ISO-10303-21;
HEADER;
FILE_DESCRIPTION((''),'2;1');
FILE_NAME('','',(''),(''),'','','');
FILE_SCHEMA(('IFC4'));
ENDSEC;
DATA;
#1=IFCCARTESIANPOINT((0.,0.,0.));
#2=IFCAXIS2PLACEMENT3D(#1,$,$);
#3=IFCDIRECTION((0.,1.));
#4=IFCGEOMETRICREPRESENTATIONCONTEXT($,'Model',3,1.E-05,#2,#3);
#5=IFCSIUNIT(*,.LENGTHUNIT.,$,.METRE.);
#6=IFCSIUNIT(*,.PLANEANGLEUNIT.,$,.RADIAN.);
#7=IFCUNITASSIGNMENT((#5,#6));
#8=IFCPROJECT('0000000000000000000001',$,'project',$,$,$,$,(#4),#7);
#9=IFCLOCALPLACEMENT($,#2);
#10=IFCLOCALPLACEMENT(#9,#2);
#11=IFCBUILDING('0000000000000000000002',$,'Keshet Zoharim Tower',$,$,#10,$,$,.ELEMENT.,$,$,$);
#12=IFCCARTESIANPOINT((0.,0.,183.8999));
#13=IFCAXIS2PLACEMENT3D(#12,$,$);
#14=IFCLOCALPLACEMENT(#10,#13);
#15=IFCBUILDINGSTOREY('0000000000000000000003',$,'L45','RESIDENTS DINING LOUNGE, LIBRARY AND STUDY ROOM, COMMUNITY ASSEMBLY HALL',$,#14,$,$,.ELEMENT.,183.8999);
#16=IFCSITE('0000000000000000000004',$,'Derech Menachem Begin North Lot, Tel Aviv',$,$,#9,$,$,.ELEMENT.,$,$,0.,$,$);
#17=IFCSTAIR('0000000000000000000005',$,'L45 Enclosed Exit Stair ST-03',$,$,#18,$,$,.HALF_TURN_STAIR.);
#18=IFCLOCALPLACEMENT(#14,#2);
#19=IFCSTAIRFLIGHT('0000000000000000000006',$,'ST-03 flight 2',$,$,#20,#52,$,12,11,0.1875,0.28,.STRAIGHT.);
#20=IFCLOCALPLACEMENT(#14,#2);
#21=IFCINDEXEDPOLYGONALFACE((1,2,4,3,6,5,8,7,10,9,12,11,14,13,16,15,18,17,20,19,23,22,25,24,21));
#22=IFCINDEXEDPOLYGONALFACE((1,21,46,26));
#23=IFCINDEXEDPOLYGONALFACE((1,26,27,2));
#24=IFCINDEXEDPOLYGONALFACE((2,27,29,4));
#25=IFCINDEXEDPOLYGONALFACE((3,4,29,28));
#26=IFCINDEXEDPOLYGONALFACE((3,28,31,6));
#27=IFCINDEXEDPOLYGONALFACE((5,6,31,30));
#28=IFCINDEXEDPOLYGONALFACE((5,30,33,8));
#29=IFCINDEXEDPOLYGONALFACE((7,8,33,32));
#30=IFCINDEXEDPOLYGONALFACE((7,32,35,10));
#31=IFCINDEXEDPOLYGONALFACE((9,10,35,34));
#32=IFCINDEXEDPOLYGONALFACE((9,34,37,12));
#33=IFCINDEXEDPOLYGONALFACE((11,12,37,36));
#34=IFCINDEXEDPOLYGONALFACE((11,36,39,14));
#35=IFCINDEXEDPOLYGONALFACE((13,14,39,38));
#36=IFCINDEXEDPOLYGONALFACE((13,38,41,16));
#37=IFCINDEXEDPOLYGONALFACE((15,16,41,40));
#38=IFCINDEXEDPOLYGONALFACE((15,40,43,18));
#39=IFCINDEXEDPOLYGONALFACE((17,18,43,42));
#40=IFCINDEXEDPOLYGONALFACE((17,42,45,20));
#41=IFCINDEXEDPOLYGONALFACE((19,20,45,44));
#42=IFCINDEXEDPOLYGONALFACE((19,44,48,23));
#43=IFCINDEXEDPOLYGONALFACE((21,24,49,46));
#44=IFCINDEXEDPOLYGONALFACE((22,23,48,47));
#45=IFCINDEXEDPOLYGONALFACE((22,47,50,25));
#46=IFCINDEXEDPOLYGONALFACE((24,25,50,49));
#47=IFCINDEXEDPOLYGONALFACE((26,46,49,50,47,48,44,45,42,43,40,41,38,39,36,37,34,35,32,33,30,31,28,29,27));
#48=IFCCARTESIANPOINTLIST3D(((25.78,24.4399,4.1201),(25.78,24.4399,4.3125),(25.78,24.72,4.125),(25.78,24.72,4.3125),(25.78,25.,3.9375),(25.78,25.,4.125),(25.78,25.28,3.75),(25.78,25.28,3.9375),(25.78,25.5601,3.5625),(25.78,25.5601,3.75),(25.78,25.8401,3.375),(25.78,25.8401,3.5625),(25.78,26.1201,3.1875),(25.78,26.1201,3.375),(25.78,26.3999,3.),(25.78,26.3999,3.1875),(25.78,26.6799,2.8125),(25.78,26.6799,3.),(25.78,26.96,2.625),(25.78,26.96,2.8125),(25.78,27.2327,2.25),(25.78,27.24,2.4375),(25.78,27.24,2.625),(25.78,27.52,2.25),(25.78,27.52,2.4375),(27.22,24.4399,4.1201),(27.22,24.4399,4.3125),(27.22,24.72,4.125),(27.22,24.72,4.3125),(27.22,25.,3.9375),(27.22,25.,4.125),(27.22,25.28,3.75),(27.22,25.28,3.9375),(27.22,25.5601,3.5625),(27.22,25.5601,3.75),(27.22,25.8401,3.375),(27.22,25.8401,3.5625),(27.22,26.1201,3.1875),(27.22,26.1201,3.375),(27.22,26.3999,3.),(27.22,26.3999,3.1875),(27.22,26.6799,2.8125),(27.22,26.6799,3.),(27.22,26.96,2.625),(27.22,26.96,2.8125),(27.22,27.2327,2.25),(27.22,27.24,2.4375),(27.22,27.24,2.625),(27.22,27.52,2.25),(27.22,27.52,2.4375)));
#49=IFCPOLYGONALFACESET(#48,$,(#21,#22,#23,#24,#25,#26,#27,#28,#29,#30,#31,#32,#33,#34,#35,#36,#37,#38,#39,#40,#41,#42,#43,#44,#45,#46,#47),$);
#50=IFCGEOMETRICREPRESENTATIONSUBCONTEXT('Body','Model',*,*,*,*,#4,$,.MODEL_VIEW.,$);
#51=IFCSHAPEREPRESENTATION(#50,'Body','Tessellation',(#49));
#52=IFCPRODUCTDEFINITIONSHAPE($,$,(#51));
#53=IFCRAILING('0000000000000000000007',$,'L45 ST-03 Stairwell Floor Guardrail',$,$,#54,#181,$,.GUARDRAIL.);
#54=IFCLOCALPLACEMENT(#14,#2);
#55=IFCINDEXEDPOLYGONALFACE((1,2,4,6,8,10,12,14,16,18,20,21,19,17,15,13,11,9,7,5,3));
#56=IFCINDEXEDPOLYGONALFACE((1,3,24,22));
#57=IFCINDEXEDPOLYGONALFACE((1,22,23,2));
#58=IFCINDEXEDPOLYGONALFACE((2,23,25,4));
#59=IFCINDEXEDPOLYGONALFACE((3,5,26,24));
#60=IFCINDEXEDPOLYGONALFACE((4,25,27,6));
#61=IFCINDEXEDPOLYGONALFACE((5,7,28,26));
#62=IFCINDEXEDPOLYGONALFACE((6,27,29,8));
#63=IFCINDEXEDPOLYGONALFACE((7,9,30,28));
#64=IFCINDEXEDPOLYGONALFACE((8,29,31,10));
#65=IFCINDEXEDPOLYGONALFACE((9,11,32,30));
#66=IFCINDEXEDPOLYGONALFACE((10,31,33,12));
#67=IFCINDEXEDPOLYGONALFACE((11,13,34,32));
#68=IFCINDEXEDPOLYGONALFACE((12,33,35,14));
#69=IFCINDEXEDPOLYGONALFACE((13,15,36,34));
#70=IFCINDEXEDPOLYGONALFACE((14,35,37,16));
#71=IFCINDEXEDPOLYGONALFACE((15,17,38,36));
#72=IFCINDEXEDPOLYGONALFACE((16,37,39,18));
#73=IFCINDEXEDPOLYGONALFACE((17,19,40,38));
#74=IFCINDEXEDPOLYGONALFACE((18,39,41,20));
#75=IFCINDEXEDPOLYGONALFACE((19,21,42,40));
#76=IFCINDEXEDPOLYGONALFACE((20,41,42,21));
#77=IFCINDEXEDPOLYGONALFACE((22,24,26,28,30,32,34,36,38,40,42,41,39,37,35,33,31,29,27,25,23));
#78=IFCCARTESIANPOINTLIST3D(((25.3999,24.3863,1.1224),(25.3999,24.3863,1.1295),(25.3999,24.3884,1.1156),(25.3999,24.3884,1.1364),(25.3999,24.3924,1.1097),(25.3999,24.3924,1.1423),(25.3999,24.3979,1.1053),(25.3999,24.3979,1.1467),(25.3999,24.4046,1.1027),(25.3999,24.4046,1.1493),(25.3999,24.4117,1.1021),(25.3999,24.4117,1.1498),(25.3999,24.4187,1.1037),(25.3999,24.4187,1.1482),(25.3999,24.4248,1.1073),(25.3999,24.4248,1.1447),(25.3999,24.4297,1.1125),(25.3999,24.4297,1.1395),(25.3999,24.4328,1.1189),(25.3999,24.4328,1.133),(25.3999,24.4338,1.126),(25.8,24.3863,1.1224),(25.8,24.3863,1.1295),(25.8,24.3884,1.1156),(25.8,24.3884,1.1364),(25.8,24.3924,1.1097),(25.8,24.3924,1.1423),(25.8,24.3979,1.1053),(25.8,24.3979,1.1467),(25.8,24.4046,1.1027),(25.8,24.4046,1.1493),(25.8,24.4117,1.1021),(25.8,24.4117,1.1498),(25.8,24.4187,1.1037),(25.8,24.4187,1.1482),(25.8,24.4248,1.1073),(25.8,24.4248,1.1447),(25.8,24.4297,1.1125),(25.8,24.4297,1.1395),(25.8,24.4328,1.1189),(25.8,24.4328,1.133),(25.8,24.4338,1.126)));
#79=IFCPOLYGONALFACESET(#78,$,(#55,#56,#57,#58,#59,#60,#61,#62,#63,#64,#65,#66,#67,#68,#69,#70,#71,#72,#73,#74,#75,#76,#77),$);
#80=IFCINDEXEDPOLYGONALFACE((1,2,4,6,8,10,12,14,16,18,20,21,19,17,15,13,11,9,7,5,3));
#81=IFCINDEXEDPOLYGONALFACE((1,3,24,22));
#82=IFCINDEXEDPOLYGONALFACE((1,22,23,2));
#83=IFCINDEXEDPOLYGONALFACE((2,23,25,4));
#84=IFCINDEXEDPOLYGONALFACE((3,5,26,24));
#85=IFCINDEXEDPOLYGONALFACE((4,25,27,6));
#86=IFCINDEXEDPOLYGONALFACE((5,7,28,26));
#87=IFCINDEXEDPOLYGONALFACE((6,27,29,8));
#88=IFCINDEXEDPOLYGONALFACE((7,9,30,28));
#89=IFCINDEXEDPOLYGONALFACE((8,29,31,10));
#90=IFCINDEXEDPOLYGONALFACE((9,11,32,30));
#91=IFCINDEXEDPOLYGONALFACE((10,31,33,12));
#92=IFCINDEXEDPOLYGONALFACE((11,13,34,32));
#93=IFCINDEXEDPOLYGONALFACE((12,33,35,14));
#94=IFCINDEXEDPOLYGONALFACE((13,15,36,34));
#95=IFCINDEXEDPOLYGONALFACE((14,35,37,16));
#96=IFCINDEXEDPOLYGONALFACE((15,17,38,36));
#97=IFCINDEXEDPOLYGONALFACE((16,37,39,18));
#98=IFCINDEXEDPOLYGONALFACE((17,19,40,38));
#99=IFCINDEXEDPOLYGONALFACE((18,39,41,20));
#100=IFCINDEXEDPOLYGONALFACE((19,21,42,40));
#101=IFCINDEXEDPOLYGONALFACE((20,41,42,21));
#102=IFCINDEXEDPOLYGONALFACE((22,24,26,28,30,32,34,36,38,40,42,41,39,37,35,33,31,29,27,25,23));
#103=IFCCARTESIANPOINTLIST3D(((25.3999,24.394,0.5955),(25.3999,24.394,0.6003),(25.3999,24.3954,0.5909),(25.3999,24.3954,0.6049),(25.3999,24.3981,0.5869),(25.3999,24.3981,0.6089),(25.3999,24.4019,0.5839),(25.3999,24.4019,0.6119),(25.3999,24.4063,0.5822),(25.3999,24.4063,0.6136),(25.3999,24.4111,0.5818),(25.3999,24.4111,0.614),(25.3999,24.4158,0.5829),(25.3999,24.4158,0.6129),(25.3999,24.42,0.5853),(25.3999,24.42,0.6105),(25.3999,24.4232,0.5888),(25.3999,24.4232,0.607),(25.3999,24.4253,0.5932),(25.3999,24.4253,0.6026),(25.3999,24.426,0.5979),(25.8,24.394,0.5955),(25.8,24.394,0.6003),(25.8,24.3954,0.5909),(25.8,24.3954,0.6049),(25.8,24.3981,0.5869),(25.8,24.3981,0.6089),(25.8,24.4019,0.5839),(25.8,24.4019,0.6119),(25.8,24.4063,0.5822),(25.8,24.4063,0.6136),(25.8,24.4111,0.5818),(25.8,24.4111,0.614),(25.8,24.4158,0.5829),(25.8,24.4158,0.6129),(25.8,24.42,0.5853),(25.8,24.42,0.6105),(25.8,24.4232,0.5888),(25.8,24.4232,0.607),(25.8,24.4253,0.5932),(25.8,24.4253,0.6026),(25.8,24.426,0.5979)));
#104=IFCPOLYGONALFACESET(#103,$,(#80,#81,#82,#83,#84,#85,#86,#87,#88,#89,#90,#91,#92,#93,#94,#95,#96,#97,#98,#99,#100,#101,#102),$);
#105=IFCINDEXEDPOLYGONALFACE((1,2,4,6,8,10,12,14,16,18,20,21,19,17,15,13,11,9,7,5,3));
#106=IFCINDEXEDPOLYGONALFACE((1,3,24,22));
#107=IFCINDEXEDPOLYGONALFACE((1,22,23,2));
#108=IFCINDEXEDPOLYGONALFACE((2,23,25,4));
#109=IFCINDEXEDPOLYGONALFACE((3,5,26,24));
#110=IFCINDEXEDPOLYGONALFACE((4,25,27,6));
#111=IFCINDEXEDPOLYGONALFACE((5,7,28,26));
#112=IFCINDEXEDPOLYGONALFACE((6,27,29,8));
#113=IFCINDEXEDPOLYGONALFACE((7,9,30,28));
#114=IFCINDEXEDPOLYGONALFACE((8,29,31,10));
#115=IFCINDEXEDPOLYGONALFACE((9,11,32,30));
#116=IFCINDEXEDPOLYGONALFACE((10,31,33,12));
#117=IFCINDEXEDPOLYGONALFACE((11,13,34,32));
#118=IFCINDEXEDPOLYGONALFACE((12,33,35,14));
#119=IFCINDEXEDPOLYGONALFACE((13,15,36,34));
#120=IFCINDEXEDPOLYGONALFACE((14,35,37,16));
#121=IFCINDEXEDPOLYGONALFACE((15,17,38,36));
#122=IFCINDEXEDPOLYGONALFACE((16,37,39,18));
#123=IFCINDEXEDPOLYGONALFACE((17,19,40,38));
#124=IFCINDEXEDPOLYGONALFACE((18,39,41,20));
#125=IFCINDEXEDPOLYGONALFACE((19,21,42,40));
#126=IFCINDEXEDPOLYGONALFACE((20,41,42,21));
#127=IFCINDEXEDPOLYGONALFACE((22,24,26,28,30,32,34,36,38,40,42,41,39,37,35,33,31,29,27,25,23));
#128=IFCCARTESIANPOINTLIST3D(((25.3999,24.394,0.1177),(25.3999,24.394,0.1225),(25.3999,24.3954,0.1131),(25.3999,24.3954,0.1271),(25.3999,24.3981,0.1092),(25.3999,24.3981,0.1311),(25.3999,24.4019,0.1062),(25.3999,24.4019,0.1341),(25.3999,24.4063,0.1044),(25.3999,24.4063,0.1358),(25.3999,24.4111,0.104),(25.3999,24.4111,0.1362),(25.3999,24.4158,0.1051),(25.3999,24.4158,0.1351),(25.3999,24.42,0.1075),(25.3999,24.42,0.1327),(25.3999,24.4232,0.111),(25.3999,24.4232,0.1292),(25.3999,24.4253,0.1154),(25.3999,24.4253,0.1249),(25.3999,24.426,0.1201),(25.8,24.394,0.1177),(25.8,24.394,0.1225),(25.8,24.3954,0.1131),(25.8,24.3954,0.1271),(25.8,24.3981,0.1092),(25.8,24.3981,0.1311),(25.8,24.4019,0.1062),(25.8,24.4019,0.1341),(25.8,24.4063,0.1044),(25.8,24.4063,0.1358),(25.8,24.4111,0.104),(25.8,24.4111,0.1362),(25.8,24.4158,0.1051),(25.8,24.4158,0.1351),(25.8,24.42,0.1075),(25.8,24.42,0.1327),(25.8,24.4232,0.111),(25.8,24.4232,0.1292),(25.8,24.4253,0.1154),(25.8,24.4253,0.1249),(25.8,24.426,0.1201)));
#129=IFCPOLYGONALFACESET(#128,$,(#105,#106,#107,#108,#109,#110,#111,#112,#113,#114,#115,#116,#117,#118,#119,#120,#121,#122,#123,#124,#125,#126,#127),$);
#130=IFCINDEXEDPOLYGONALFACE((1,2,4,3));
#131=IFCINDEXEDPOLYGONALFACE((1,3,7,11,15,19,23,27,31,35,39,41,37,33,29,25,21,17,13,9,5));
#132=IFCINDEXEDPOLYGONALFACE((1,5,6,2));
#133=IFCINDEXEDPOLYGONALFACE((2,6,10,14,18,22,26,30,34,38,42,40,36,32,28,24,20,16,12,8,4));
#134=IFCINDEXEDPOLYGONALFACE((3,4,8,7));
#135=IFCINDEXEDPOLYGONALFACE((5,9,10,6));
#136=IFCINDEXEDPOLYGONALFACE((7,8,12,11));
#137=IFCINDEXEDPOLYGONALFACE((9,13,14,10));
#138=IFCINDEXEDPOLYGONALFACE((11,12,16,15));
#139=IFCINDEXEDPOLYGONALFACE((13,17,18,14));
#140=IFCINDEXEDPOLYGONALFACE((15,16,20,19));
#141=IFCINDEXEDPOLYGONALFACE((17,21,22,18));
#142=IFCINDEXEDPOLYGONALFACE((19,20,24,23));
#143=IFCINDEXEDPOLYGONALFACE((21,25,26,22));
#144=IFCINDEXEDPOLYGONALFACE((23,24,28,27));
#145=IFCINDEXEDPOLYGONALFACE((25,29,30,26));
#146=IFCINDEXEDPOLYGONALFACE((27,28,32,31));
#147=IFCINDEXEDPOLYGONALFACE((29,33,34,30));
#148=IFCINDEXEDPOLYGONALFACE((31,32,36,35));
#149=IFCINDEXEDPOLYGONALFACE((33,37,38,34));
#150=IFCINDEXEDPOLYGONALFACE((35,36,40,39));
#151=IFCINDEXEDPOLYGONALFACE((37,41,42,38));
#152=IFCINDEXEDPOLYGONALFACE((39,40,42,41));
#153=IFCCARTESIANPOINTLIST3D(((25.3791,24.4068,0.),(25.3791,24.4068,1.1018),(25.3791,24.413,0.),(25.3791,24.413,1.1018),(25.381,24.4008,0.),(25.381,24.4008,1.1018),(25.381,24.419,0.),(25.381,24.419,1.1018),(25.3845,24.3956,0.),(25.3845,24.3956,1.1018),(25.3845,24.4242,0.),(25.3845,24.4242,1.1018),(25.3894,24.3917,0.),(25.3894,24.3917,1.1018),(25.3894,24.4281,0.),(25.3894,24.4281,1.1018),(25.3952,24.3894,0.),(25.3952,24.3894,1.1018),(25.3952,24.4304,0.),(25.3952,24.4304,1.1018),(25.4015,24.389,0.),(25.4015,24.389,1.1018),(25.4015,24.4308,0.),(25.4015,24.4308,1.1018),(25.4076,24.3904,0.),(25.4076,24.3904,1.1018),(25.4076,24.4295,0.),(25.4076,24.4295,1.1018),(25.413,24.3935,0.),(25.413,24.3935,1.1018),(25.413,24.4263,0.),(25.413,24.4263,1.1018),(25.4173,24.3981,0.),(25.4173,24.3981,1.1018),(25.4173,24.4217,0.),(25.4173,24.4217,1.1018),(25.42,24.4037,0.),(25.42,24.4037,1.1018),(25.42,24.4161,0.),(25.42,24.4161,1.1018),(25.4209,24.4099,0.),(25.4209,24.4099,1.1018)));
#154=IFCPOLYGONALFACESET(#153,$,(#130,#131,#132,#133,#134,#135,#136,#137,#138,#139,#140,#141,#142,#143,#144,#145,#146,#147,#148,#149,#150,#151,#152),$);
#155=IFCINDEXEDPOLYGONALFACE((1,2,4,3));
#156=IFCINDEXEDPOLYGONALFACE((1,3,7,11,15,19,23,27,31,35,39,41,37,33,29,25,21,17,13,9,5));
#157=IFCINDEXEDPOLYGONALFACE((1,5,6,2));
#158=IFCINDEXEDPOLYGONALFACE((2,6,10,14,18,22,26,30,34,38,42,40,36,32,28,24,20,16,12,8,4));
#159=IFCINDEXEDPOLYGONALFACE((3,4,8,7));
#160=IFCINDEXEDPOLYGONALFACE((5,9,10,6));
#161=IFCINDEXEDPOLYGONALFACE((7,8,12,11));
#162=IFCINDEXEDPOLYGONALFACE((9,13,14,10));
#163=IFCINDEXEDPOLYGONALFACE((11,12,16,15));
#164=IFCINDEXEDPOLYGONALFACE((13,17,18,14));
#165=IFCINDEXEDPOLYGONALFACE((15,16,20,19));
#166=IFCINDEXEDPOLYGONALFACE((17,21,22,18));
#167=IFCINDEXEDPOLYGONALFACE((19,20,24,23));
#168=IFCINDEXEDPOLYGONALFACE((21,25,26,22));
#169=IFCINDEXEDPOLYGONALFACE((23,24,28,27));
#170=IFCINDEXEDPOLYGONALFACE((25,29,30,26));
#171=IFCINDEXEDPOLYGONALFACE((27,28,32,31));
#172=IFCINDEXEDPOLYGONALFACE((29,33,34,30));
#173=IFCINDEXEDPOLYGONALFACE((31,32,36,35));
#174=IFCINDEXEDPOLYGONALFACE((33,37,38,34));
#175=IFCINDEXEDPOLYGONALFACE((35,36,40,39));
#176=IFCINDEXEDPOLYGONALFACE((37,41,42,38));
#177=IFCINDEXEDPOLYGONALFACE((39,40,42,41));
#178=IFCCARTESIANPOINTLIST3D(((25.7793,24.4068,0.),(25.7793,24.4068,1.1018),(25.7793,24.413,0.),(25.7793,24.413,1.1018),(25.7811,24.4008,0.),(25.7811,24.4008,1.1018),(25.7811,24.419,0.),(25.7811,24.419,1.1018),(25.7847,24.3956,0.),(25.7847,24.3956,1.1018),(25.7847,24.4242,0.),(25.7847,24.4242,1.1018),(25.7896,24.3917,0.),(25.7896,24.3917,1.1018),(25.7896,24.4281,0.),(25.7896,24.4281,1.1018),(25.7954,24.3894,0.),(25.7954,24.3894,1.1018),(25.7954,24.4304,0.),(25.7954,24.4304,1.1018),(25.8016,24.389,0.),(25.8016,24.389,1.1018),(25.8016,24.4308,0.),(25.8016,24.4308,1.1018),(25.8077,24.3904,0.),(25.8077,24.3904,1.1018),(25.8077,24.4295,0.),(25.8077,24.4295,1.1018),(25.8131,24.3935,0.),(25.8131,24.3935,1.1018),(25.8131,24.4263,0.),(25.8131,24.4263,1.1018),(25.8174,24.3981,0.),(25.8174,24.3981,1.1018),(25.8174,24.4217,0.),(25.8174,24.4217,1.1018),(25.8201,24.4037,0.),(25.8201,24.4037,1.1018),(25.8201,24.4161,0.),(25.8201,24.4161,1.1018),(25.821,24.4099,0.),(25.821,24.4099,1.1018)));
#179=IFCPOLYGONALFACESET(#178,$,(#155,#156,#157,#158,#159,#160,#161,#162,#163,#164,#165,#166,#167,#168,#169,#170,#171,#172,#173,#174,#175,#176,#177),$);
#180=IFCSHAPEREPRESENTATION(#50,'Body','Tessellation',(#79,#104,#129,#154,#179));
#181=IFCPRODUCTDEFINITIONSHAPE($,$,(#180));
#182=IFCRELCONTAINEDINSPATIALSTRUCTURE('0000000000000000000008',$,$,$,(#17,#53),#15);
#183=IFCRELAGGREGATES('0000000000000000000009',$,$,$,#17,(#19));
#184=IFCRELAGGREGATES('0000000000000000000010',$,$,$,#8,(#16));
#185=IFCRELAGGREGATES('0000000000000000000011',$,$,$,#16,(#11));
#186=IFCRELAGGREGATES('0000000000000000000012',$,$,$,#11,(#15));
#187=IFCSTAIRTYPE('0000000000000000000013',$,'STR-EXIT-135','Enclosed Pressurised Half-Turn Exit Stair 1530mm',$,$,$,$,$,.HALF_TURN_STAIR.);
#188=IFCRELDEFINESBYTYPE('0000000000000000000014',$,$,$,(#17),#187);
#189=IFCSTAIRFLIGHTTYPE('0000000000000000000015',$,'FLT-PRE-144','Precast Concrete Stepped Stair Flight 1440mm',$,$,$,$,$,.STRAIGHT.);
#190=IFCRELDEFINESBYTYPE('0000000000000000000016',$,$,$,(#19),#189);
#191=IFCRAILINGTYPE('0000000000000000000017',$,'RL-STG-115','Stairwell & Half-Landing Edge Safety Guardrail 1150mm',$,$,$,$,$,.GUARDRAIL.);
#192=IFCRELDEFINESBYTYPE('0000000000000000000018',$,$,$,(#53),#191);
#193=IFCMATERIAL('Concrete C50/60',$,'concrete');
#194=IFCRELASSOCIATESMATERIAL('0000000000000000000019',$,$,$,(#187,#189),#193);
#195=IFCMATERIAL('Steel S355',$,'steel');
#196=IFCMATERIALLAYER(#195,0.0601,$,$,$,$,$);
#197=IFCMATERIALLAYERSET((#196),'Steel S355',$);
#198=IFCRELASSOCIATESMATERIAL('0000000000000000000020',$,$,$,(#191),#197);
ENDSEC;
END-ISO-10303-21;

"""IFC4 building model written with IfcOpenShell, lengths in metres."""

from ifc_helpers import new_model, si_unit, direction, frame, origin, origin_2d, place, context, subcontext, project, spatial, polyline, circle, outline, extrude, material, layer, layer_set, type_object, element, aggregate, save


model = new_model("IFC4")

# Units and contexts
model_context = context("Model", 3, precision=1e-05, world=origin(), true_north=direction((0.0, 1.0)))
body_context = subcontext(model_context, "Body", "Model", "MODEL_VIEW")
ifc_project = project(units=[si_unit("LENGTHUNIT", "METRE"), si_unit("PLANEANGLEUNIT", "RADIAN")], contexts=[model_context])

# Site, building, storey
site_placement = place(None, origin())
site = spatial("IfcSite", under=ifc_project, at=site_placement, Name="Derech Menachem Begin North Lot, Tel Aviv", CompositionType="ELEMENT", RefElevation=0.0)
building_placement = place(site_placement, origin())
building = spatial("IfcBuilding", under=site, at=building_placement, Name="Keshet Zoharim Tower", CompositionType="ELEMENT")
storey_placement = place(building_placement, frame((0.0, 0.0, 183.8999)))
storey = spatial("IfcBuildingStorey", under=building, at=storey_placement, Name="L45", Description="RESIDENTS DINING LOUNGE, LIBRARY AND STUDY ROOM, COMMUNITY ASSEMBLY HALL", CompositionType="ELEMENT", Elevation=183.8999)

# Shared definitions
ifc_material_1 = material(Name="Steel S355", Category="steel")

# Shared definitions
ifc_material_2 = material(Name="Concrete C50/60", Category="concrete")

# Shared definitions
stair_type = type_object("IfcStairType", Name="STR-EXIT-135", Description="Enclosed Pressurised Half-Turn Exit Stair 1530mm", PredefinedType="HALF_TURN_STAIR", material=ifc_material_2)

# Stair, stair flight
stair_1_placement = place(storey_placement, origin())
stair_1 = element("IfcStair", 1, at=stair_1_placement, inside=storey, type_object=stair_type, Name="L45 Enclosed Exit Stair ST-03", PredefinedType="HALF_TURN_STAIR")
stair_flight_type_1 = type_object("IfcStairFlightType", Name="FLT-PRE-144", Description="Precast Concrete Stepped Stair Flight 1440mm", PredefinedType="STRAIGHT", material=ifc_material_2)
stair_flight_1_placement = place(storey_placement, frame((26.5, 27.52, 2.25), z_axis=(0.0, 0.0, 1.0), x_axis=(0.0, -1.0, 0.0)))
stair_flight_1 = element("IfcStairFlight", 2, at=stair_flight_1_placement, type_object=stair_flight_type_1, Name="ST-03 flight 2", NumberOfRisers=12, NumberOfTreads=11, PredefinedType="STRAIGHT", RiserHeight=0.1875, TreadLength=0.28, context=body_context, shape_type="SweptSolid", body=[
    extrude(outline(polyline([(0.0, 0.0), (0.0, 0.1875), (0.28, 0.1875), (0.28, 0.375), (0.5601, 0.375), (0.5601, 0.5625), (0.8401, 0.5625), (0.8401, 0.75), (1.1201, 0.75), (1.1201, 0.9375), (1.3999, 0.9375), (1.3999, 1.125), (1.6799, 1.125), (1.6799, 1.3125), (1.96, 1.3125), (1.96, 1.5), (2.24, 1.5), (2.24, 1.6875), (2.52, 1.6875), (2.52, 1.875), (2.8, 1.875), (2.8, 2.0625), (3.0801, 2.0625), (3.0801, 2.25), (3.0801, 1.8701), (0.2874, 0.0), (0.0, 0.0)])), frame((0.0, 0.72, 0.0), z_axis=(0.0, -1.0, 0.0), x_axis=(1.0, 0.0, 0.0)), (0.0, 0.0, 1.0), 1.4399),
])
aggregate(stair_1, [stair_flight_1])

# Railing
ifc_layer_1 = layer(ifc_material_1, 0.0601)
ifc_layer_set_1 = layer_set([ifc_layer_1], Name="Steel S355")
railing_type_1 = type_object("IfcRailingType", Name="RL-STG-115", Description="Stairwell & Half-Landing Edge Safety Guardrail 1150mm", PredefinedType="GUARDRAIL", material=ifc_layer_set_1)
railing_1_placement = place(storey_placement, frame((25.3999, 24.4099, 0.0)))
element("IfcRailing", 3, at=railing_1_placement, inside=storey, type_object=railing_type_1, Name="L45 ST-03 Stairwell Floor Guardrail", PredefinedType="GUARDRAIL", context=body_context, shape_type="SweptSolid", body=[
    extrude(circle(Radius=0.0239, at=origin_2d()), frame((0.0, 0.0, 1.126), z_axis=(1.0, 0.0, 0.0), x_axis=(0.0, 1.0, 0.0)), (0.0, 0.0, 1.0), 0.4001),
    extrude(circle(Radius=0.0161, at=origin_2d()), frame((0.0, 0.0, 0.5979), z_axis=(1.0, 0.0, 0.0), x_axis=(0.0, 1.0, 0.0)), (0.0, 0.0, 1.0), 0.4001),
    extrude(circle(Radius=0.0161, at=origin_2d()), frame((0.0, 0.0, 0.1201), z_axis=(1.0, 0.0, 0.0), x_axis=(0.0, 1.0, 0.0)), (0.0, 0.0, 1.0), 0.4001),
    extrude(circle(Radius=0.021, at=origin_2d()), origin(), (0.0, 0.0, 1.0), 1.1018),
    extrude(circle(Radius=0.021, at=origin_2d()), frame((0.4001, 0.0, 0.0)), (0.0, 0.0, 1.0), 1.1018),
])

save(model, "model.ifc")
